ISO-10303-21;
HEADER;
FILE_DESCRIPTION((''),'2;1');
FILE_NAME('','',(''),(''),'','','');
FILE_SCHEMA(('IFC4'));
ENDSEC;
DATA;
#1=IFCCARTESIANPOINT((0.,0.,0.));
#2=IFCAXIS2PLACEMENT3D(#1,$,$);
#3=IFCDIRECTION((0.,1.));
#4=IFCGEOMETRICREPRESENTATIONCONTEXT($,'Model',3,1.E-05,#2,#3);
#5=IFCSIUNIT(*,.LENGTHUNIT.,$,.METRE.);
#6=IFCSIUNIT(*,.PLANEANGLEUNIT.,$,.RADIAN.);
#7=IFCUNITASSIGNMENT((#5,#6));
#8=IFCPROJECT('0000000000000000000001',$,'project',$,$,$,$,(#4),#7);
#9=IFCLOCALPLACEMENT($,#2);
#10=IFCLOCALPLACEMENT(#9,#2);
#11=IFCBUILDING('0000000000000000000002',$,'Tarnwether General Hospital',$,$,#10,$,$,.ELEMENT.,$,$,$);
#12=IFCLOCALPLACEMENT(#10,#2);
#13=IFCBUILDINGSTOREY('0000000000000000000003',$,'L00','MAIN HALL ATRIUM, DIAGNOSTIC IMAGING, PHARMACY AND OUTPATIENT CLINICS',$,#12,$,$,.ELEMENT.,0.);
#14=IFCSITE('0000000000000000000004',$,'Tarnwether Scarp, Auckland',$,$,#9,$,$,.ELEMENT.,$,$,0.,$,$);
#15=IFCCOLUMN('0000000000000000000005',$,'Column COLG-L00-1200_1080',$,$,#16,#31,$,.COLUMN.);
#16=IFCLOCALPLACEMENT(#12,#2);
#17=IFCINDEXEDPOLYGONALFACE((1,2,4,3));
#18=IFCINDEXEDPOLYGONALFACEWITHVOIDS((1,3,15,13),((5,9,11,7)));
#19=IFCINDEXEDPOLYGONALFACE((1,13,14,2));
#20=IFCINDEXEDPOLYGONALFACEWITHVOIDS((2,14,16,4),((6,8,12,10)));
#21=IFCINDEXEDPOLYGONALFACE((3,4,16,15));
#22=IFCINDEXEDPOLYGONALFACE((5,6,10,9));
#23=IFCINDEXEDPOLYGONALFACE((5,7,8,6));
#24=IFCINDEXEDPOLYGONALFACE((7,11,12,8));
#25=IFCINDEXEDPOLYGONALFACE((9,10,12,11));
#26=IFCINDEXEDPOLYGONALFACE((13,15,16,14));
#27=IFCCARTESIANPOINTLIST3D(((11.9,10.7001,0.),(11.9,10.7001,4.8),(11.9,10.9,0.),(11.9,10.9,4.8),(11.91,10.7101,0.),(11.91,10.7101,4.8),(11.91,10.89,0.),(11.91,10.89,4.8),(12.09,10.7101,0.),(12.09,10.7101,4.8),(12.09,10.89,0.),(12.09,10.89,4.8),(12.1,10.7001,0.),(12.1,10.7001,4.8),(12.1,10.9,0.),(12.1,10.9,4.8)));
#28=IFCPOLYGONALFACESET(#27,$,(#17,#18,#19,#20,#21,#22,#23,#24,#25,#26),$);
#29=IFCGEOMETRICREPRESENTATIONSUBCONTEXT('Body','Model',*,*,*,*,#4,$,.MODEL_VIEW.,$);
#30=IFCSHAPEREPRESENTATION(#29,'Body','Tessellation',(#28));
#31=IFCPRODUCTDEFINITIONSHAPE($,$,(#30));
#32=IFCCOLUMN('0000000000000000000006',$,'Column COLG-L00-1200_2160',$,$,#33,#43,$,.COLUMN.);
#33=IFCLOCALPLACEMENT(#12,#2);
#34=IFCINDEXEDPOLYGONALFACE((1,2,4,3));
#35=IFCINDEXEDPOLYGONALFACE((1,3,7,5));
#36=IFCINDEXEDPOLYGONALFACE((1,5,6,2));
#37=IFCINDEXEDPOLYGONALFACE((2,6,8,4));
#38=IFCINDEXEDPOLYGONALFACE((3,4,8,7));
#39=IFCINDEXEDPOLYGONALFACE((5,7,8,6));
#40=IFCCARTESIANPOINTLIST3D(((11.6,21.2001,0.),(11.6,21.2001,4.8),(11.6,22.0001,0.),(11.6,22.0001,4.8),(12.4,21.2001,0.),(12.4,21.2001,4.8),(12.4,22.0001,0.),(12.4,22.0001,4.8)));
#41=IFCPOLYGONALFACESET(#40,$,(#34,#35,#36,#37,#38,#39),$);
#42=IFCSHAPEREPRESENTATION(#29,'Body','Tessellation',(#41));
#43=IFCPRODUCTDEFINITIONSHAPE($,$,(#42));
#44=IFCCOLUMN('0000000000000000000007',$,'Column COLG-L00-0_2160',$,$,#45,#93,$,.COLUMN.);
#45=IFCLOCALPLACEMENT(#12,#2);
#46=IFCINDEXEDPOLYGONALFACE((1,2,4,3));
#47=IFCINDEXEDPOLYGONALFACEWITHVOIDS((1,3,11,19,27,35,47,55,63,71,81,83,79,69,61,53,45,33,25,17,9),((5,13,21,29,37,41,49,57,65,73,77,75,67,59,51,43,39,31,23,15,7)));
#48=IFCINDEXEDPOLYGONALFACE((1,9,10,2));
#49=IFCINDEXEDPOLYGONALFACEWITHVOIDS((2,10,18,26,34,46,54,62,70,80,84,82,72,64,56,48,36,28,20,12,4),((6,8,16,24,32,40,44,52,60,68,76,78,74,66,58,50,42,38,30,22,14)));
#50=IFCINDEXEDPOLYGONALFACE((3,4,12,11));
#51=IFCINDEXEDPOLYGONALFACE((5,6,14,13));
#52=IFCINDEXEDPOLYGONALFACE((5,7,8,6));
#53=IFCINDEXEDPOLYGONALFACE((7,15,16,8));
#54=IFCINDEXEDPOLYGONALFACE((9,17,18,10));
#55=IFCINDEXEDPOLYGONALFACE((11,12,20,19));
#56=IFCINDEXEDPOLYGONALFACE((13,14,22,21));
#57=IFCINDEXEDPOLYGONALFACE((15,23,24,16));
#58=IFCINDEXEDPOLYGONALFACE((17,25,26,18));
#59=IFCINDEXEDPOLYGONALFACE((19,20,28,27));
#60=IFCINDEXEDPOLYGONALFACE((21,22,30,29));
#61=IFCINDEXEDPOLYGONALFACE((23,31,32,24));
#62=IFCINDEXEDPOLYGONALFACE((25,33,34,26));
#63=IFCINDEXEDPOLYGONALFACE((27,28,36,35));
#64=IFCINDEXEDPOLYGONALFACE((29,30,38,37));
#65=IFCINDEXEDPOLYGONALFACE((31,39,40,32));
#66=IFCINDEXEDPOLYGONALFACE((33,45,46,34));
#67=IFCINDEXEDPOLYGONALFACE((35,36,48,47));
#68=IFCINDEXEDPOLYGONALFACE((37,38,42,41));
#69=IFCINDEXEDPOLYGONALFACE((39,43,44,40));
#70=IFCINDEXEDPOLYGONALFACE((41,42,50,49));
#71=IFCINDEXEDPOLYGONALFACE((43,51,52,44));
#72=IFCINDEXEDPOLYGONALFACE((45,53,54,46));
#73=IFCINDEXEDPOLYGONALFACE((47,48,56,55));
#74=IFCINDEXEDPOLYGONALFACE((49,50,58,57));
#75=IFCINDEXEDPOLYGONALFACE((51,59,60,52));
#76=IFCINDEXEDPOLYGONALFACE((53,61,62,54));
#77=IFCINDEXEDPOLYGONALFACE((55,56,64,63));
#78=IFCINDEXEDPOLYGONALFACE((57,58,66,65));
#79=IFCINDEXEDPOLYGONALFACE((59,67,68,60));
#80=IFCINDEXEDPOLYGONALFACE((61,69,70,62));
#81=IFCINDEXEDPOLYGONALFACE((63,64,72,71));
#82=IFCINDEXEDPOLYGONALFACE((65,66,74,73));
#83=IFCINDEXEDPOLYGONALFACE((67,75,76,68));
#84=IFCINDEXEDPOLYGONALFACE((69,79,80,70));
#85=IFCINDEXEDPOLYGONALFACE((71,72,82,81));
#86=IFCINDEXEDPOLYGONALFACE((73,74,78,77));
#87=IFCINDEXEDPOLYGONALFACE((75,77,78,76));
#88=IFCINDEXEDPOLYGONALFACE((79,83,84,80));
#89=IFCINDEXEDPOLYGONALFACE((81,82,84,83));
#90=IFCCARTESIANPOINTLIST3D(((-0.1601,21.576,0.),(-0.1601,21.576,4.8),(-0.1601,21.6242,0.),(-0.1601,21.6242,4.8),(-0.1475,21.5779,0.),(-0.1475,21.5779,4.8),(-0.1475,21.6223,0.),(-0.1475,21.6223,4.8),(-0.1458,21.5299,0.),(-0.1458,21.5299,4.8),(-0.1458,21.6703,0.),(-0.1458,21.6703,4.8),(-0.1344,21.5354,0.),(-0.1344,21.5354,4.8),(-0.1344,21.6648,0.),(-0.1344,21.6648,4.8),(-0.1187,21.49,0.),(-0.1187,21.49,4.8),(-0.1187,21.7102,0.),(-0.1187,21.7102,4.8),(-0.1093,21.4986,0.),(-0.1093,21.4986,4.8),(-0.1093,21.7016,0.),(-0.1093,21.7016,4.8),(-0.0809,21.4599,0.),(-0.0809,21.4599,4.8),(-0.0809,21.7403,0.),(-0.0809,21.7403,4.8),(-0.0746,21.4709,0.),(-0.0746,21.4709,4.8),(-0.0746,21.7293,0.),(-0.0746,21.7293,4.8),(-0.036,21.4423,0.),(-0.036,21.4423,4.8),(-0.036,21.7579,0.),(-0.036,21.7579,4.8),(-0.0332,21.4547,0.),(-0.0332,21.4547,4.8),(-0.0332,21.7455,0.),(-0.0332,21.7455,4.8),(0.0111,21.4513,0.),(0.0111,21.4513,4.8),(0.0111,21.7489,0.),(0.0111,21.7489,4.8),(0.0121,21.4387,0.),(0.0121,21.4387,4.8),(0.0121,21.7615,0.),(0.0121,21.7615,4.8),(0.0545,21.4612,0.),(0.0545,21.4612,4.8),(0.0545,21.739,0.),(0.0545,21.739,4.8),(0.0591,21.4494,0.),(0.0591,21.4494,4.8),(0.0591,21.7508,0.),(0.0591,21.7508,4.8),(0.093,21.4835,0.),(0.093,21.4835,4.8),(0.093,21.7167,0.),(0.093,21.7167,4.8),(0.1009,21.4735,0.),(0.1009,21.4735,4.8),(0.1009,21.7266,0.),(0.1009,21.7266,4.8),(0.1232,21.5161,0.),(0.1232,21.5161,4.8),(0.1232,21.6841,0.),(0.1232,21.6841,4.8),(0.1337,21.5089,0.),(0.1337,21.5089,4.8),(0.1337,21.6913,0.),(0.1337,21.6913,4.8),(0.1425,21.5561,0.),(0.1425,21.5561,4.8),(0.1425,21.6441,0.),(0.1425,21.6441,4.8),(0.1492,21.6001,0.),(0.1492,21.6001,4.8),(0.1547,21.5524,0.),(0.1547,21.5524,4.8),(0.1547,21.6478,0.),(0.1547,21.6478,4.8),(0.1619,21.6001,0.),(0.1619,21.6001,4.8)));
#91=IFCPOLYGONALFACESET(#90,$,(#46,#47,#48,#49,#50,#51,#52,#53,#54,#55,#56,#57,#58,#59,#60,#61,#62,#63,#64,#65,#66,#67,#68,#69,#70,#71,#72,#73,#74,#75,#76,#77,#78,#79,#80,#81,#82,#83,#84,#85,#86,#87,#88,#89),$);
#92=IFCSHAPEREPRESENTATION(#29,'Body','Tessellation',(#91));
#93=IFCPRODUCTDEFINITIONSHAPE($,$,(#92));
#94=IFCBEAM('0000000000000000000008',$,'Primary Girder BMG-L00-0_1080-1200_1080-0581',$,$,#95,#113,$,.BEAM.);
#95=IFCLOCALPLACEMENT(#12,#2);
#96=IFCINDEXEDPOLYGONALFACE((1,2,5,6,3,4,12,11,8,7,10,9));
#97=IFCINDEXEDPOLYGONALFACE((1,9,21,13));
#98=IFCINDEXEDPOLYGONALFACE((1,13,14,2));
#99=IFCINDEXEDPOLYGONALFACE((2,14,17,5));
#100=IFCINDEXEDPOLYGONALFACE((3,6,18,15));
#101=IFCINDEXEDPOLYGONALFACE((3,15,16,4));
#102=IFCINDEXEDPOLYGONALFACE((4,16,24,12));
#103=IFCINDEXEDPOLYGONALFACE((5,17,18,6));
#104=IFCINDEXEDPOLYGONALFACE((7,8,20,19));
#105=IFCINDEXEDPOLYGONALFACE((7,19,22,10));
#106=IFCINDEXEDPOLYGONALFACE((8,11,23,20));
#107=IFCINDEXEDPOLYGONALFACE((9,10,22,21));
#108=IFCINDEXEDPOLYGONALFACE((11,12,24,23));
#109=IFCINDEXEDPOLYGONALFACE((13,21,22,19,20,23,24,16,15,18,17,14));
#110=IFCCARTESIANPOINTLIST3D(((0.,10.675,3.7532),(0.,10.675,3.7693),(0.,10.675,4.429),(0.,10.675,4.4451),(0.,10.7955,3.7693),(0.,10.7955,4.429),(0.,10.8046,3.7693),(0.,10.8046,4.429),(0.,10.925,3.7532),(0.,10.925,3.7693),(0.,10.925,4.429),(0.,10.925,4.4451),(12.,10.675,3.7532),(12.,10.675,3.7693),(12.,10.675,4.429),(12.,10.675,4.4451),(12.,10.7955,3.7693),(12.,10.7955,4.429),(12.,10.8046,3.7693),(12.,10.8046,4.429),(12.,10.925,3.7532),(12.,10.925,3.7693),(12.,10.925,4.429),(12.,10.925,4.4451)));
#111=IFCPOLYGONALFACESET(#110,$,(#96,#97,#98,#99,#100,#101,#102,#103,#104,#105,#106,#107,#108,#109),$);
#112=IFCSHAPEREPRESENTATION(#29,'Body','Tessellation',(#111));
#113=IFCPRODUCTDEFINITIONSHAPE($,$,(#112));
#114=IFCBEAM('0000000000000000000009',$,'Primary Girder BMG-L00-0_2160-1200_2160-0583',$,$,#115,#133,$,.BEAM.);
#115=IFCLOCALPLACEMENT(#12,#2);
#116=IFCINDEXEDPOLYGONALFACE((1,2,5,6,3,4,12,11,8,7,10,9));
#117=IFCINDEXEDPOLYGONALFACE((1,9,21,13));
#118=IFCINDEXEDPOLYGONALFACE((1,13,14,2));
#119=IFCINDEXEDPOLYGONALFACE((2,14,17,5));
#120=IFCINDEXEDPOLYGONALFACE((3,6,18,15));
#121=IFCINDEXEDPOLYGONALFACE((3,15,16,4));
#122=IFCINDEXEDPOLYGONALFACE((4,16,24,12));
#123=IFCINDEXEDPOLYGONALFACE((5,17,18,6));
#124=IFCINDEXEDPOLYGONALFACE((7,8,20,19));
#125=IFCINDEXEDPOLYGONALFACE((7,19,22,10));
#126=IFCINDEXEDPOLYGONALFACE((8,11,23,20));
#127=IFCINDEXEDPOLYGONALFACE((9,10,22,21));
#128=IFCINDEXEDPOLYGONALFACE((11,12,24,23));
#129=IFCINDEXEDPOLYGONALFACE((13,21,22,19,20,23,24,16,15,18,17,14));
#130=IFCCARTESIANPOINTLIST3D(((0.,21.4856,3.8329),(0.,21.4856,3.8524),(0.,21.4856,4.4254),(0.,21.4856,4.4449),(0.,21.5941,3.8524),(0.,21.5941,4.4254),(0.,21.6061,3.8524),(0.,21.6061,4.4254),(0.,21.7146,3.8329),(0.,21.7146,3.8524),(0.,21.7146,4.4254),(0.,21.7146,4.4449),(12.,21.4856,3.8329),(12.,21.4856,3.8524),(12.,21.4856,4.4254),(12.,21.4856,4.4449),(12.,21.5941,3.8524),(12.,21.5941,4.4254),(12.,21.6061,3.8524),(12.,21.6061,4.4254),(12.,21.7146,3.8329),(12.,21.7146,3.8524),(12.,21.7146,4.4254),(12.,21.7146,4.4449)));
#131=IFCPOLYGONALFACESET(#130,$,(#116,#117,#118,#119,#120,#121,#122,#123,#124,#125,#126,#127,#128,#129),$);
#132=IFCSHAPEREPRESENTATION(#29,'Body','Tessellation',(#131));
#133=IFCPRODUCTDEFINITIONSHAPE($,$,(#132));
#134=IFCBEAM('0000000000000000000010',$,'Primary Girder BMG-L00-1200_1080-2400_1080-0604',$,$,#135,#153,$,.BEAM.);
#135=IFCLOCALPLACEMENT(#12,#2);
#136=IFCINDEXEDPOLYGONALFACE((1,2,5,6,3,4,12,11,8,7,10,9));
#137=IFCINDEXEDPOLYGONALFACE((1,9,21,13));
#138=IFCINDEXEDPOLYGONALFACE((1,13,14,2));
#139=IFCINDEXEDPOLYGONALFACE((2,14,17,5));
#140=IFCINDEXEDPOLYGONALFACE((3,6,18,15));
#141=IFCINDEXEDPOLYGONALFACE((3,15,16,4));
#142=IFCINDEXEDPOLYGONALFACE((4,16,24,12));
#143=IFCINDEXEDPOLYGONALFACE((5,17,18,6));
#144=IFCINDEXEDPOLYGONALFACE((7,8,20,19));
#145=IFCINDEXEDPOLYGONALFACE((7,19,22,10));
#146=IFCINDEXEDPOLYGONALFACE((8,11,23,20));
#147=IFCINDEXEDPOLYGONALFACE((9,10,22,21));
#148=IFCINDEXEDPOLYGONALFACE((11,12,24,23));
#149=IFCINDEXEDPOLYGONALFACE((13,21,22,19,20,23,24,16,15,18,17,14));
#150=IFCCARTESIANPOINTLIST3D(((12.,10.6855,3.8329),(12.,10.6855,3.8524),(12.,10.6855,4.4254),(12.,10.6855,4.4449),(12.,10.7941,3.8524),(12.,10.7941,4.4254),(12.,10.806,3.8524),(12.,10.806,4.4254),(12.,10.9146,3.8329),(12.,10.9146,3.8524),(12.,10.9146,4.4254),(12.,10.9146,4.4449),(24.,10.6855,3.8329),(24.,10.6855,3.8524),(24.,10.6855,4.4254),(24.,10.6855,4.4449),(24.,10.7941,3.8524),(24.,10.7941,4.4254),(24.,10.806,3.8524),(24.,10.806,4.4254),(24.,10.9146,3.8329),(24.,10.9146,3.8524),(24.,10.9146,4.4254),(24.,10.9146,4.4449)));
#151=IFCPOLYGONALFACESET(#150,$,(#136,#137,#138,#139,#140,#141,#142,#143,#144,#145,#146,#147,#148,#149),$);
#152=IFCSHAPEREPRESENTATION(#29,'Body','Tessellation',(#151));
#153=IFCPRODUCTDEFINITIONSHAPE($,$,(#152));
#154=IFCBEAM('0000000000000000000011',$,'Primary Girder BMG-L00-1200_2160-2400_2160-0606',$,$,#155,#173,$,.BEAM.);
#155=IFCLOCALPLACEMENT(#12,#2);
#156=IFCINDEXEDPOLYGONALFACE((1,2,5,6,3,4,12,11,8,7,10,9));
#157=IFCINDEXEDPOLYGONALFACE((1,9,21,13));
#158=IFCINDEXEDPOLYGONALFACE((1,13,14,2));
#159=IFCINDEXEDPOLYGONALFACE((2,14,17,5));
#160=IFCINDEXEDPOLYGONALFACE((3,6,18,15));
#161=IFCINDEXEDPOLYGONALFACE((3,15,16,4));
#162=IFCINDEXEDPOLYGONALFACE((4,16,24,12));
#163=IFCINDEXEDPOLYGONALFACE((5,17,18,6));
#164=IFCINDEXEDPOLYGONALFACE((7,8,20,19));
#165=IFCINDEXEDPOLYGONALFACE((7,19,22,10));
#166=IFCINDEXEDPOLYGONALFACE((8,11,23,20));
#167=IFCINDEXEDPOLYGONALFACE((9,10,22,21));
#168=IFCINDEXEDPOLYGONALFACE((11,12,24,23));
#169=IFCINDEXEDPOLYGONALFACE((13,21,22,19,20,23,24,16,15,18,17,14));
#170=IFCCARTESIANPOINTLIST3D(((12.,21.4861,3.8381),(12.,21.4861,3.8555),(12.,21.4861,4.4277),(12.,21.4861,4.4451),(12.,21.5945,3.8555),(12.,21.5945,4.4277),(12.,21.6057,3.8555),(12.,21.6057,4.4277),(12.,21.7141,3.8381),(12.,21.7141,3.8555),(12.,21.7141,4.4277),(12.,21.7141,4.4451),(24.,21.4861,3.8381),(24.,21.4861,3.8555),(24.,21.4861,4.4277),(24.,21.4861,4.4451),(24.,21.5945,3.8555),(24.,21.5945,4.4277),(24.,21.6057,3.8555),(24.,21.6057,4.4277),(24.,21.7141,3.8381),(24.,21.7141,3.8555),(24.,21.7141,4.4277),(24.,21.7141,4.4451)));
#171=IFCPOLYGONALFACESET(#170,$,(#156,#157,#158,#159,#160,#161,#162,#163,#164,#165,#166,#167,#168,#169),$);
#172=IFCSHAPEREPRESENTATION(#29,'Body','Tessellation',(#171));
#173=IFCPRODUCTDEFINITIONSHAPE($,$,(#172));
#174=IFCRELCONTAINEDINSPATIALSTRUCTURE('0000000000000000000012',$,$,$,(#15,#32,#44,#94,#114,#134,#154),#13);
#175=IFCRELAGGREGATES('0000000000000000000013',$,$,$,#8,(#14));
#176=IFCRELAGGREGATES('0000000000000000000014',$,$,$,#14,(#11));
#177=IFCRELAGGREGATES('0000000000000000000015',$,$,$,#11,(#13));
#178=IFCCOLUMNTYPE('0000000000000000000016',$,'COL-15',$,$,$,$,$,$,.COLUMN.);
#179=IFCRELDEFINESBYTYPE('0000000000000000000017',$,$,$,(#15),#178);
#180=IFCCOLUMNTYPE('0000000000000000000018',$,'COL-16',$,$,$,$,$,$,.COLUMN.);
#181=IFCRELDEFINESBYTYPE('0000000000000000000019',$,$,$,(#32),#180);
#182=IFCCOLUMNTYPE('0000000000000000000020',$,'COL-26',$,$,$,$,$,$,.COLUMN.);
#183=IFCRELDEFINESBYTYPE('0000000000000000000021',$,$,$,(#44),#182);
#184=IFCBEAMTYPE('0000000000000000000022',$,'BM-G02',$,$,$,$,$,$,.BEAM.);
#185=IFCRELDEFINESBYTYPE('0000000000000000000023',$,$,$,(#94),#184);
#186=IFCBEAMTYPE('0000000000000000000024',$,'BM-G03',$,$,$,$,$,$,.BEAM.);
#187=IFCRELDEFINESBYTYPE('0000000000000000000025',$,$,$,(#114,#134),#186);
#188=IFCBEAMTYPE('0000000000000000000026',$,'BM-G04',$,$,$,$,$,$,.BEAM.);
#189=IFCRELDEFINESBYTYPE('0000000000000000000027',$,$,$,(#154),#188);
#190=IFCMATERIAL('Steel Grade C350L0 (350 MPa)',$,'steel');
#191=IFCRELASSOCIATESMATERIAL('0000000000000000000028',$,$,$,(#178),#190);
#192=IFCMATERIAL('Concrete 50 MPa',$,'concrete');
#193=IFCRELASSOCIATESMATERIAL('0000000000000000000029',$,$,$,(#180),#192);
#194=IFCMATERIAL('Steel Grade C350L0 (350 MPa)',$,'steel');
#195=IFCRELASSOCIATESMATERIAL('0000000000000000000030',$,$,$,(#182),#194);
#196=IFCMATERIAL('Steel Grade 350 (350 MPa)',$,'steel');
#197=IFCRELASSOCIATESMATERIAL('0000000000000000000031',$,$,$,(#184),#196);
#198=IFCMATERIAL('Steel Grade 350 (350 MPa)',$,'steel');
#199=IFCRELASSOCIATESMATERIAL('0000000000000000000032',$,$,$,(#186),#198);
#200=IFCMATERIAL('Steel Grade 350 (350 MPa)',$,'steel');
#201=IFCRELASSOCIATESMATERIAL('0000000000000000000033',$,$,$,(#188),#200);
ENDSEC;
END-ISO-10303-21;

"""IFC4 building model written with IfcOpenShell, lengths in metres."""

from ifc_helpers import new_model, si_unit, direction, frame, origin, origin_2d, place, context, subcontext, project, spatial, rectangle, hollow_rectangle, hollow_circle, i_section, extrude, material, material_profile, profile_set, type_object, element, save


model = new_model("IFC4")

# Units and contexts
model_context = context("Model", 3, precision=1e-05, world=origin(), true_north=direction((0.0, 1.0)))
body_context = subcontext(model_context, "Body", "Model", "MODEL_VIEW")
ifc_project = project(units=[si_unit("LENGTHUNIT", "METRE"), si_unit("PLANEANGLEUNIT", "RADIAN")], contexts=[model_context])

# Site, building, storey
site_placement = place(None, origin())
site = spatial("IfcSite", under=ifc_project, at=site_placement, Name="Tarnwether Scarp, Auckland", CompositionType="ELEMENT", RefElevation=0.0)
building_placement = place(site_placement, origin())
building = spatial("IfcBuilding", under=site, at=building_placement, Name="Tarnwether General Hospital", CompositionType="ELEMENT")
storey_placement = place(building_placement, origin())
storey = spatial("IfcBuildingStorey", under=building, at=storey_placement, Name="L00", Description="MAIN HALL ATRIUM, DIAGNOSTIC IMAGING, PHARMACY AND OUTPATIENT CLINICS", CompositionType="ELEMENT", Elevation=0.0)

# Columns
ifc_material_1 = material(Name="Steel Grade C350L0 (350 MPa)", Category="steel")
ifc_material_profile_1 = material_profile(ifc_material_1, hollow_rectangle(XDim=0.2, YDim=0.2, WallThickness=0.01, at=origin_2d()), Name="SHS200x200x10")
ifc_profile_set_1 = profile_set([ifc_material_profile_1], Name="Steel Grade C350L0 (350 MPa)")
column_type_1 = type_object("IfcColumnType", Name="COL-15", PredefinedType="COLUMN", material=ifc_profile_set_1)
column_1_placement = place(storey_placement, frame((12.0, 10.8, 0.0), z_axis=(0.0, 0.0, 1.0), x_axis=(0.0, 1.0, 0.0)))
element("IfcColumn", 1, at=column_1_placement, inside=storey, type_object=column_type_1, Name="Column COLG-L00-1200_1080", PredefinedType="COLUMN", context=body_context, shape_type="SweptSolid", body=[
    extrude(hollow_rectangle(XDim=0.2, YDim=0.2, WallThickness=0.01, at=origin_2d()), origin(), (0.0, 0.0, 1.0), 4.8),
])
ifc_material_2 = material(Name="Concrete 50 MPa", Category="concrete")
ifc_material_profile_2 = material_profile(ifc_material_2, rectangle(XDim=0.8, YDim=0.8, at=origin_2d()), Name="RC-COL-800x800")
ifc_profile_set_2 = profile_set([ifc_material_profile_2], Name="Concrete 50 MPa")
column_type_2 = type_object("IfcColumnType", Name="COL-16", PredefinedType="COLUMN", material=ifc_profile_set_2)
column_2_placement = place(storey_placement, frame((12.0, 21.6001, 0.0), z_axis=(0.0, 0.0, 1.0), x_axis=(0.0, 1.0, 0.0)))
element("IfcColumn", 2, at=column_2_placement, inside=storey, type_object=column_type_2, Name="Column COLG-L00-1200_2160", PredefinedType="COLUMN", context=body_context, shape_type="SweptSolid", body=[
    extrude(rectangle(XDim=0.8, YDim=0.8, at=origin_2d()), origin(), (0.0, 0.0, 1.0), 4.8),
])
ifc_material_3 = material(Name="Steel Grade C350L0 (350 MPa)", Category="steel")
ifc_material_profile_3 = material_profile(ifc_material_3, hollow_circle(Radius=0.1619, WallThickness=0.0127, at=origin_2d()), Name="CHS323.9x12.7")
ifc_profile_set_3 = profile_set([ifc_material_profile_3], Name="Steel Grade C350L0 (350 MPa)")
column_type_3 = type_object("IfcColumnType", Name="COL-26", PredefinedType="COLUMN", material=ifc_profile_set_3)
column_3_placement = place(storey_placement, frame((0.0, 21.6001, 0.0), z_axis=(0.0, 0.0, 1.0), x_axis=(1.0, 0.0, 0.0)))
element("IfcColumn", 3, at=column_3_placement, inside=storey, type_object=column_type_3, Name="Column COLG-L00-0_2160", PredefinedType="COLUMN", context=body_context, shape_type="SweptSolid", body=[
    extrude(hollow_circle(Radius=0.1619, WallThickness=0.0127, at=origin_2d()), origin(), (0.0, 0.0, 1.0), 4.8),
])

# Beams
ifc_material_4 = material(Name="Steel Grade 350 (350 MPa)", Category="steel")
ifc_material_profile_4 = material_profile(ifc_material_4, i_section(OverallWidth=0.25, OverallDepth=0.6919, WebThickness=0.009, FlangeThickness=0.0161, at=origin_2d()), Name="700WB115")
ifc_profile_set_4 = profile_set([ifc_material_profile_4], Name="Steel Grade 350 (350 MPa)")
beam_type_1 = type_object("IfcBeamType", Name="BM-G02", PredefinedType="BEAM", material=ifc_profile_set_4)
beam_1_placement = place(storey_placement, frame((0.0, 10.8, 4.0991), z_axis=(1.0, 0.0, 0.0), x_axis=(0.0, 1.0, 0.0)))
element("IfcBeam", 4, at=beam_1_placement, inside=storey, type_object=beam_type_1, Name="Primary Girder BMG-L00-0_1080-1200_1080-0581", PredefinedType="BEAM", context=body_context, shape_type="SweptSolid", body=[
    extrude(i_section(OverallWidth=0.25, OverallDepth=0.6919, WebThickness=0.009, FlangeThickness=0.0161, at=origin_2d()), origin(), (0.0, 0.0, 1.0), 12.0),
])
ifc_material_5 = material(Name="Steel Grade 350 (350 MPa)", Category="steel")
ifc_material_profile_5 = material_profile(ifc_material_5, i_section(OverallWidth=0.229, OverallDepth=0.6121, WebThickness=0.012, FlangeThickness=0.0195, at=origin_2d()), Name="610UB125")
ifc_profile_set_5 = profile_set([ifc_material_profile_5], Name="Steel Grade 350 (350 MPa)")
beam_type_2 = type_object("IfcBeamType", Name="BM-G03", PredefinedType="BEAM", material=ifc_profile_set_5)
for number, where, z_axis, x_axis, name in (
    (5, (0.0, 21.6001, 4.1389), (1.0, 0.0, 0.0), (0.0, 1.0, 0.0), "Primary Girder BMG-L00-0_2160-1200_2160-0583"),
    (6, (12.0, 10.8, 4.1389), (1.0, 0.0, 0.0), (0.0, 1.0, 0.0), "Primary Girder BMG-L00-1200_1080-2400_1080-0604"),
):
    element("IfcBeam", number, at=place(storey_placement, frame(where, z_axis=z_axis, x_axis=x_axis)), inside=storey, type_object=beam_type_2, Name=name, PredefinedType="BEAM", context=body_context, shape_type="SweptSolid", body=[
        extrude(i_section(OverallWidth=0.229, OverallDepth=0.6121, WebThickness=0.012, FlangeThickness=0.0195, at=origin_2d()), origin(), (0.0, 0.0, 1.0), 12.0),
    ])
ifc_material_6 = material(Name="Steel Grade 350 (350 MPa)", Category="steel")
ifc_material_profile_6 = material_profile(ifc_material_6, i_section(OverallWidth=0.228, OverallDepth=0.6069, WebThickness=0.0112, FlangeThickness=0.0173, at=origin_2d()), Name="610UB113")
ifc_profile_set_6 = profile_set([ifc_material_profile_6], Name="Steel Grade 350 (350 MPa)")
beam_type_3 = type_object("IfcBeamType", Name="BM-G04", PredefinedType="BEAM", material=ifc_profile_set_6)
beam_2_placement = place(storey_placement, frame((12.0, 21.6001, 4.1416), z_axis=(1.0, 0.0, 0.0), x_axis=(0.0, 1.0, 0.0)))
element("IfcBeam", 7, at=beam_2_placement, inside=storey, type_object=beam_type_3, Name="Primary Girder BMG-L00-1200_2160-2400_2160-0606", PredefinedType="BEAM", context=body_context, shape_type="SweptSolid", body=[
    extrude(i_section(OverallWidth=0.228, OverallDepth=0.6069, WebThickness=0.0112, FlangeThickness=0.0173, at=origin_2d()), origin(), (0.0, 0.0, 1.0), 12.0),
])

save(model, "model.ifc")
